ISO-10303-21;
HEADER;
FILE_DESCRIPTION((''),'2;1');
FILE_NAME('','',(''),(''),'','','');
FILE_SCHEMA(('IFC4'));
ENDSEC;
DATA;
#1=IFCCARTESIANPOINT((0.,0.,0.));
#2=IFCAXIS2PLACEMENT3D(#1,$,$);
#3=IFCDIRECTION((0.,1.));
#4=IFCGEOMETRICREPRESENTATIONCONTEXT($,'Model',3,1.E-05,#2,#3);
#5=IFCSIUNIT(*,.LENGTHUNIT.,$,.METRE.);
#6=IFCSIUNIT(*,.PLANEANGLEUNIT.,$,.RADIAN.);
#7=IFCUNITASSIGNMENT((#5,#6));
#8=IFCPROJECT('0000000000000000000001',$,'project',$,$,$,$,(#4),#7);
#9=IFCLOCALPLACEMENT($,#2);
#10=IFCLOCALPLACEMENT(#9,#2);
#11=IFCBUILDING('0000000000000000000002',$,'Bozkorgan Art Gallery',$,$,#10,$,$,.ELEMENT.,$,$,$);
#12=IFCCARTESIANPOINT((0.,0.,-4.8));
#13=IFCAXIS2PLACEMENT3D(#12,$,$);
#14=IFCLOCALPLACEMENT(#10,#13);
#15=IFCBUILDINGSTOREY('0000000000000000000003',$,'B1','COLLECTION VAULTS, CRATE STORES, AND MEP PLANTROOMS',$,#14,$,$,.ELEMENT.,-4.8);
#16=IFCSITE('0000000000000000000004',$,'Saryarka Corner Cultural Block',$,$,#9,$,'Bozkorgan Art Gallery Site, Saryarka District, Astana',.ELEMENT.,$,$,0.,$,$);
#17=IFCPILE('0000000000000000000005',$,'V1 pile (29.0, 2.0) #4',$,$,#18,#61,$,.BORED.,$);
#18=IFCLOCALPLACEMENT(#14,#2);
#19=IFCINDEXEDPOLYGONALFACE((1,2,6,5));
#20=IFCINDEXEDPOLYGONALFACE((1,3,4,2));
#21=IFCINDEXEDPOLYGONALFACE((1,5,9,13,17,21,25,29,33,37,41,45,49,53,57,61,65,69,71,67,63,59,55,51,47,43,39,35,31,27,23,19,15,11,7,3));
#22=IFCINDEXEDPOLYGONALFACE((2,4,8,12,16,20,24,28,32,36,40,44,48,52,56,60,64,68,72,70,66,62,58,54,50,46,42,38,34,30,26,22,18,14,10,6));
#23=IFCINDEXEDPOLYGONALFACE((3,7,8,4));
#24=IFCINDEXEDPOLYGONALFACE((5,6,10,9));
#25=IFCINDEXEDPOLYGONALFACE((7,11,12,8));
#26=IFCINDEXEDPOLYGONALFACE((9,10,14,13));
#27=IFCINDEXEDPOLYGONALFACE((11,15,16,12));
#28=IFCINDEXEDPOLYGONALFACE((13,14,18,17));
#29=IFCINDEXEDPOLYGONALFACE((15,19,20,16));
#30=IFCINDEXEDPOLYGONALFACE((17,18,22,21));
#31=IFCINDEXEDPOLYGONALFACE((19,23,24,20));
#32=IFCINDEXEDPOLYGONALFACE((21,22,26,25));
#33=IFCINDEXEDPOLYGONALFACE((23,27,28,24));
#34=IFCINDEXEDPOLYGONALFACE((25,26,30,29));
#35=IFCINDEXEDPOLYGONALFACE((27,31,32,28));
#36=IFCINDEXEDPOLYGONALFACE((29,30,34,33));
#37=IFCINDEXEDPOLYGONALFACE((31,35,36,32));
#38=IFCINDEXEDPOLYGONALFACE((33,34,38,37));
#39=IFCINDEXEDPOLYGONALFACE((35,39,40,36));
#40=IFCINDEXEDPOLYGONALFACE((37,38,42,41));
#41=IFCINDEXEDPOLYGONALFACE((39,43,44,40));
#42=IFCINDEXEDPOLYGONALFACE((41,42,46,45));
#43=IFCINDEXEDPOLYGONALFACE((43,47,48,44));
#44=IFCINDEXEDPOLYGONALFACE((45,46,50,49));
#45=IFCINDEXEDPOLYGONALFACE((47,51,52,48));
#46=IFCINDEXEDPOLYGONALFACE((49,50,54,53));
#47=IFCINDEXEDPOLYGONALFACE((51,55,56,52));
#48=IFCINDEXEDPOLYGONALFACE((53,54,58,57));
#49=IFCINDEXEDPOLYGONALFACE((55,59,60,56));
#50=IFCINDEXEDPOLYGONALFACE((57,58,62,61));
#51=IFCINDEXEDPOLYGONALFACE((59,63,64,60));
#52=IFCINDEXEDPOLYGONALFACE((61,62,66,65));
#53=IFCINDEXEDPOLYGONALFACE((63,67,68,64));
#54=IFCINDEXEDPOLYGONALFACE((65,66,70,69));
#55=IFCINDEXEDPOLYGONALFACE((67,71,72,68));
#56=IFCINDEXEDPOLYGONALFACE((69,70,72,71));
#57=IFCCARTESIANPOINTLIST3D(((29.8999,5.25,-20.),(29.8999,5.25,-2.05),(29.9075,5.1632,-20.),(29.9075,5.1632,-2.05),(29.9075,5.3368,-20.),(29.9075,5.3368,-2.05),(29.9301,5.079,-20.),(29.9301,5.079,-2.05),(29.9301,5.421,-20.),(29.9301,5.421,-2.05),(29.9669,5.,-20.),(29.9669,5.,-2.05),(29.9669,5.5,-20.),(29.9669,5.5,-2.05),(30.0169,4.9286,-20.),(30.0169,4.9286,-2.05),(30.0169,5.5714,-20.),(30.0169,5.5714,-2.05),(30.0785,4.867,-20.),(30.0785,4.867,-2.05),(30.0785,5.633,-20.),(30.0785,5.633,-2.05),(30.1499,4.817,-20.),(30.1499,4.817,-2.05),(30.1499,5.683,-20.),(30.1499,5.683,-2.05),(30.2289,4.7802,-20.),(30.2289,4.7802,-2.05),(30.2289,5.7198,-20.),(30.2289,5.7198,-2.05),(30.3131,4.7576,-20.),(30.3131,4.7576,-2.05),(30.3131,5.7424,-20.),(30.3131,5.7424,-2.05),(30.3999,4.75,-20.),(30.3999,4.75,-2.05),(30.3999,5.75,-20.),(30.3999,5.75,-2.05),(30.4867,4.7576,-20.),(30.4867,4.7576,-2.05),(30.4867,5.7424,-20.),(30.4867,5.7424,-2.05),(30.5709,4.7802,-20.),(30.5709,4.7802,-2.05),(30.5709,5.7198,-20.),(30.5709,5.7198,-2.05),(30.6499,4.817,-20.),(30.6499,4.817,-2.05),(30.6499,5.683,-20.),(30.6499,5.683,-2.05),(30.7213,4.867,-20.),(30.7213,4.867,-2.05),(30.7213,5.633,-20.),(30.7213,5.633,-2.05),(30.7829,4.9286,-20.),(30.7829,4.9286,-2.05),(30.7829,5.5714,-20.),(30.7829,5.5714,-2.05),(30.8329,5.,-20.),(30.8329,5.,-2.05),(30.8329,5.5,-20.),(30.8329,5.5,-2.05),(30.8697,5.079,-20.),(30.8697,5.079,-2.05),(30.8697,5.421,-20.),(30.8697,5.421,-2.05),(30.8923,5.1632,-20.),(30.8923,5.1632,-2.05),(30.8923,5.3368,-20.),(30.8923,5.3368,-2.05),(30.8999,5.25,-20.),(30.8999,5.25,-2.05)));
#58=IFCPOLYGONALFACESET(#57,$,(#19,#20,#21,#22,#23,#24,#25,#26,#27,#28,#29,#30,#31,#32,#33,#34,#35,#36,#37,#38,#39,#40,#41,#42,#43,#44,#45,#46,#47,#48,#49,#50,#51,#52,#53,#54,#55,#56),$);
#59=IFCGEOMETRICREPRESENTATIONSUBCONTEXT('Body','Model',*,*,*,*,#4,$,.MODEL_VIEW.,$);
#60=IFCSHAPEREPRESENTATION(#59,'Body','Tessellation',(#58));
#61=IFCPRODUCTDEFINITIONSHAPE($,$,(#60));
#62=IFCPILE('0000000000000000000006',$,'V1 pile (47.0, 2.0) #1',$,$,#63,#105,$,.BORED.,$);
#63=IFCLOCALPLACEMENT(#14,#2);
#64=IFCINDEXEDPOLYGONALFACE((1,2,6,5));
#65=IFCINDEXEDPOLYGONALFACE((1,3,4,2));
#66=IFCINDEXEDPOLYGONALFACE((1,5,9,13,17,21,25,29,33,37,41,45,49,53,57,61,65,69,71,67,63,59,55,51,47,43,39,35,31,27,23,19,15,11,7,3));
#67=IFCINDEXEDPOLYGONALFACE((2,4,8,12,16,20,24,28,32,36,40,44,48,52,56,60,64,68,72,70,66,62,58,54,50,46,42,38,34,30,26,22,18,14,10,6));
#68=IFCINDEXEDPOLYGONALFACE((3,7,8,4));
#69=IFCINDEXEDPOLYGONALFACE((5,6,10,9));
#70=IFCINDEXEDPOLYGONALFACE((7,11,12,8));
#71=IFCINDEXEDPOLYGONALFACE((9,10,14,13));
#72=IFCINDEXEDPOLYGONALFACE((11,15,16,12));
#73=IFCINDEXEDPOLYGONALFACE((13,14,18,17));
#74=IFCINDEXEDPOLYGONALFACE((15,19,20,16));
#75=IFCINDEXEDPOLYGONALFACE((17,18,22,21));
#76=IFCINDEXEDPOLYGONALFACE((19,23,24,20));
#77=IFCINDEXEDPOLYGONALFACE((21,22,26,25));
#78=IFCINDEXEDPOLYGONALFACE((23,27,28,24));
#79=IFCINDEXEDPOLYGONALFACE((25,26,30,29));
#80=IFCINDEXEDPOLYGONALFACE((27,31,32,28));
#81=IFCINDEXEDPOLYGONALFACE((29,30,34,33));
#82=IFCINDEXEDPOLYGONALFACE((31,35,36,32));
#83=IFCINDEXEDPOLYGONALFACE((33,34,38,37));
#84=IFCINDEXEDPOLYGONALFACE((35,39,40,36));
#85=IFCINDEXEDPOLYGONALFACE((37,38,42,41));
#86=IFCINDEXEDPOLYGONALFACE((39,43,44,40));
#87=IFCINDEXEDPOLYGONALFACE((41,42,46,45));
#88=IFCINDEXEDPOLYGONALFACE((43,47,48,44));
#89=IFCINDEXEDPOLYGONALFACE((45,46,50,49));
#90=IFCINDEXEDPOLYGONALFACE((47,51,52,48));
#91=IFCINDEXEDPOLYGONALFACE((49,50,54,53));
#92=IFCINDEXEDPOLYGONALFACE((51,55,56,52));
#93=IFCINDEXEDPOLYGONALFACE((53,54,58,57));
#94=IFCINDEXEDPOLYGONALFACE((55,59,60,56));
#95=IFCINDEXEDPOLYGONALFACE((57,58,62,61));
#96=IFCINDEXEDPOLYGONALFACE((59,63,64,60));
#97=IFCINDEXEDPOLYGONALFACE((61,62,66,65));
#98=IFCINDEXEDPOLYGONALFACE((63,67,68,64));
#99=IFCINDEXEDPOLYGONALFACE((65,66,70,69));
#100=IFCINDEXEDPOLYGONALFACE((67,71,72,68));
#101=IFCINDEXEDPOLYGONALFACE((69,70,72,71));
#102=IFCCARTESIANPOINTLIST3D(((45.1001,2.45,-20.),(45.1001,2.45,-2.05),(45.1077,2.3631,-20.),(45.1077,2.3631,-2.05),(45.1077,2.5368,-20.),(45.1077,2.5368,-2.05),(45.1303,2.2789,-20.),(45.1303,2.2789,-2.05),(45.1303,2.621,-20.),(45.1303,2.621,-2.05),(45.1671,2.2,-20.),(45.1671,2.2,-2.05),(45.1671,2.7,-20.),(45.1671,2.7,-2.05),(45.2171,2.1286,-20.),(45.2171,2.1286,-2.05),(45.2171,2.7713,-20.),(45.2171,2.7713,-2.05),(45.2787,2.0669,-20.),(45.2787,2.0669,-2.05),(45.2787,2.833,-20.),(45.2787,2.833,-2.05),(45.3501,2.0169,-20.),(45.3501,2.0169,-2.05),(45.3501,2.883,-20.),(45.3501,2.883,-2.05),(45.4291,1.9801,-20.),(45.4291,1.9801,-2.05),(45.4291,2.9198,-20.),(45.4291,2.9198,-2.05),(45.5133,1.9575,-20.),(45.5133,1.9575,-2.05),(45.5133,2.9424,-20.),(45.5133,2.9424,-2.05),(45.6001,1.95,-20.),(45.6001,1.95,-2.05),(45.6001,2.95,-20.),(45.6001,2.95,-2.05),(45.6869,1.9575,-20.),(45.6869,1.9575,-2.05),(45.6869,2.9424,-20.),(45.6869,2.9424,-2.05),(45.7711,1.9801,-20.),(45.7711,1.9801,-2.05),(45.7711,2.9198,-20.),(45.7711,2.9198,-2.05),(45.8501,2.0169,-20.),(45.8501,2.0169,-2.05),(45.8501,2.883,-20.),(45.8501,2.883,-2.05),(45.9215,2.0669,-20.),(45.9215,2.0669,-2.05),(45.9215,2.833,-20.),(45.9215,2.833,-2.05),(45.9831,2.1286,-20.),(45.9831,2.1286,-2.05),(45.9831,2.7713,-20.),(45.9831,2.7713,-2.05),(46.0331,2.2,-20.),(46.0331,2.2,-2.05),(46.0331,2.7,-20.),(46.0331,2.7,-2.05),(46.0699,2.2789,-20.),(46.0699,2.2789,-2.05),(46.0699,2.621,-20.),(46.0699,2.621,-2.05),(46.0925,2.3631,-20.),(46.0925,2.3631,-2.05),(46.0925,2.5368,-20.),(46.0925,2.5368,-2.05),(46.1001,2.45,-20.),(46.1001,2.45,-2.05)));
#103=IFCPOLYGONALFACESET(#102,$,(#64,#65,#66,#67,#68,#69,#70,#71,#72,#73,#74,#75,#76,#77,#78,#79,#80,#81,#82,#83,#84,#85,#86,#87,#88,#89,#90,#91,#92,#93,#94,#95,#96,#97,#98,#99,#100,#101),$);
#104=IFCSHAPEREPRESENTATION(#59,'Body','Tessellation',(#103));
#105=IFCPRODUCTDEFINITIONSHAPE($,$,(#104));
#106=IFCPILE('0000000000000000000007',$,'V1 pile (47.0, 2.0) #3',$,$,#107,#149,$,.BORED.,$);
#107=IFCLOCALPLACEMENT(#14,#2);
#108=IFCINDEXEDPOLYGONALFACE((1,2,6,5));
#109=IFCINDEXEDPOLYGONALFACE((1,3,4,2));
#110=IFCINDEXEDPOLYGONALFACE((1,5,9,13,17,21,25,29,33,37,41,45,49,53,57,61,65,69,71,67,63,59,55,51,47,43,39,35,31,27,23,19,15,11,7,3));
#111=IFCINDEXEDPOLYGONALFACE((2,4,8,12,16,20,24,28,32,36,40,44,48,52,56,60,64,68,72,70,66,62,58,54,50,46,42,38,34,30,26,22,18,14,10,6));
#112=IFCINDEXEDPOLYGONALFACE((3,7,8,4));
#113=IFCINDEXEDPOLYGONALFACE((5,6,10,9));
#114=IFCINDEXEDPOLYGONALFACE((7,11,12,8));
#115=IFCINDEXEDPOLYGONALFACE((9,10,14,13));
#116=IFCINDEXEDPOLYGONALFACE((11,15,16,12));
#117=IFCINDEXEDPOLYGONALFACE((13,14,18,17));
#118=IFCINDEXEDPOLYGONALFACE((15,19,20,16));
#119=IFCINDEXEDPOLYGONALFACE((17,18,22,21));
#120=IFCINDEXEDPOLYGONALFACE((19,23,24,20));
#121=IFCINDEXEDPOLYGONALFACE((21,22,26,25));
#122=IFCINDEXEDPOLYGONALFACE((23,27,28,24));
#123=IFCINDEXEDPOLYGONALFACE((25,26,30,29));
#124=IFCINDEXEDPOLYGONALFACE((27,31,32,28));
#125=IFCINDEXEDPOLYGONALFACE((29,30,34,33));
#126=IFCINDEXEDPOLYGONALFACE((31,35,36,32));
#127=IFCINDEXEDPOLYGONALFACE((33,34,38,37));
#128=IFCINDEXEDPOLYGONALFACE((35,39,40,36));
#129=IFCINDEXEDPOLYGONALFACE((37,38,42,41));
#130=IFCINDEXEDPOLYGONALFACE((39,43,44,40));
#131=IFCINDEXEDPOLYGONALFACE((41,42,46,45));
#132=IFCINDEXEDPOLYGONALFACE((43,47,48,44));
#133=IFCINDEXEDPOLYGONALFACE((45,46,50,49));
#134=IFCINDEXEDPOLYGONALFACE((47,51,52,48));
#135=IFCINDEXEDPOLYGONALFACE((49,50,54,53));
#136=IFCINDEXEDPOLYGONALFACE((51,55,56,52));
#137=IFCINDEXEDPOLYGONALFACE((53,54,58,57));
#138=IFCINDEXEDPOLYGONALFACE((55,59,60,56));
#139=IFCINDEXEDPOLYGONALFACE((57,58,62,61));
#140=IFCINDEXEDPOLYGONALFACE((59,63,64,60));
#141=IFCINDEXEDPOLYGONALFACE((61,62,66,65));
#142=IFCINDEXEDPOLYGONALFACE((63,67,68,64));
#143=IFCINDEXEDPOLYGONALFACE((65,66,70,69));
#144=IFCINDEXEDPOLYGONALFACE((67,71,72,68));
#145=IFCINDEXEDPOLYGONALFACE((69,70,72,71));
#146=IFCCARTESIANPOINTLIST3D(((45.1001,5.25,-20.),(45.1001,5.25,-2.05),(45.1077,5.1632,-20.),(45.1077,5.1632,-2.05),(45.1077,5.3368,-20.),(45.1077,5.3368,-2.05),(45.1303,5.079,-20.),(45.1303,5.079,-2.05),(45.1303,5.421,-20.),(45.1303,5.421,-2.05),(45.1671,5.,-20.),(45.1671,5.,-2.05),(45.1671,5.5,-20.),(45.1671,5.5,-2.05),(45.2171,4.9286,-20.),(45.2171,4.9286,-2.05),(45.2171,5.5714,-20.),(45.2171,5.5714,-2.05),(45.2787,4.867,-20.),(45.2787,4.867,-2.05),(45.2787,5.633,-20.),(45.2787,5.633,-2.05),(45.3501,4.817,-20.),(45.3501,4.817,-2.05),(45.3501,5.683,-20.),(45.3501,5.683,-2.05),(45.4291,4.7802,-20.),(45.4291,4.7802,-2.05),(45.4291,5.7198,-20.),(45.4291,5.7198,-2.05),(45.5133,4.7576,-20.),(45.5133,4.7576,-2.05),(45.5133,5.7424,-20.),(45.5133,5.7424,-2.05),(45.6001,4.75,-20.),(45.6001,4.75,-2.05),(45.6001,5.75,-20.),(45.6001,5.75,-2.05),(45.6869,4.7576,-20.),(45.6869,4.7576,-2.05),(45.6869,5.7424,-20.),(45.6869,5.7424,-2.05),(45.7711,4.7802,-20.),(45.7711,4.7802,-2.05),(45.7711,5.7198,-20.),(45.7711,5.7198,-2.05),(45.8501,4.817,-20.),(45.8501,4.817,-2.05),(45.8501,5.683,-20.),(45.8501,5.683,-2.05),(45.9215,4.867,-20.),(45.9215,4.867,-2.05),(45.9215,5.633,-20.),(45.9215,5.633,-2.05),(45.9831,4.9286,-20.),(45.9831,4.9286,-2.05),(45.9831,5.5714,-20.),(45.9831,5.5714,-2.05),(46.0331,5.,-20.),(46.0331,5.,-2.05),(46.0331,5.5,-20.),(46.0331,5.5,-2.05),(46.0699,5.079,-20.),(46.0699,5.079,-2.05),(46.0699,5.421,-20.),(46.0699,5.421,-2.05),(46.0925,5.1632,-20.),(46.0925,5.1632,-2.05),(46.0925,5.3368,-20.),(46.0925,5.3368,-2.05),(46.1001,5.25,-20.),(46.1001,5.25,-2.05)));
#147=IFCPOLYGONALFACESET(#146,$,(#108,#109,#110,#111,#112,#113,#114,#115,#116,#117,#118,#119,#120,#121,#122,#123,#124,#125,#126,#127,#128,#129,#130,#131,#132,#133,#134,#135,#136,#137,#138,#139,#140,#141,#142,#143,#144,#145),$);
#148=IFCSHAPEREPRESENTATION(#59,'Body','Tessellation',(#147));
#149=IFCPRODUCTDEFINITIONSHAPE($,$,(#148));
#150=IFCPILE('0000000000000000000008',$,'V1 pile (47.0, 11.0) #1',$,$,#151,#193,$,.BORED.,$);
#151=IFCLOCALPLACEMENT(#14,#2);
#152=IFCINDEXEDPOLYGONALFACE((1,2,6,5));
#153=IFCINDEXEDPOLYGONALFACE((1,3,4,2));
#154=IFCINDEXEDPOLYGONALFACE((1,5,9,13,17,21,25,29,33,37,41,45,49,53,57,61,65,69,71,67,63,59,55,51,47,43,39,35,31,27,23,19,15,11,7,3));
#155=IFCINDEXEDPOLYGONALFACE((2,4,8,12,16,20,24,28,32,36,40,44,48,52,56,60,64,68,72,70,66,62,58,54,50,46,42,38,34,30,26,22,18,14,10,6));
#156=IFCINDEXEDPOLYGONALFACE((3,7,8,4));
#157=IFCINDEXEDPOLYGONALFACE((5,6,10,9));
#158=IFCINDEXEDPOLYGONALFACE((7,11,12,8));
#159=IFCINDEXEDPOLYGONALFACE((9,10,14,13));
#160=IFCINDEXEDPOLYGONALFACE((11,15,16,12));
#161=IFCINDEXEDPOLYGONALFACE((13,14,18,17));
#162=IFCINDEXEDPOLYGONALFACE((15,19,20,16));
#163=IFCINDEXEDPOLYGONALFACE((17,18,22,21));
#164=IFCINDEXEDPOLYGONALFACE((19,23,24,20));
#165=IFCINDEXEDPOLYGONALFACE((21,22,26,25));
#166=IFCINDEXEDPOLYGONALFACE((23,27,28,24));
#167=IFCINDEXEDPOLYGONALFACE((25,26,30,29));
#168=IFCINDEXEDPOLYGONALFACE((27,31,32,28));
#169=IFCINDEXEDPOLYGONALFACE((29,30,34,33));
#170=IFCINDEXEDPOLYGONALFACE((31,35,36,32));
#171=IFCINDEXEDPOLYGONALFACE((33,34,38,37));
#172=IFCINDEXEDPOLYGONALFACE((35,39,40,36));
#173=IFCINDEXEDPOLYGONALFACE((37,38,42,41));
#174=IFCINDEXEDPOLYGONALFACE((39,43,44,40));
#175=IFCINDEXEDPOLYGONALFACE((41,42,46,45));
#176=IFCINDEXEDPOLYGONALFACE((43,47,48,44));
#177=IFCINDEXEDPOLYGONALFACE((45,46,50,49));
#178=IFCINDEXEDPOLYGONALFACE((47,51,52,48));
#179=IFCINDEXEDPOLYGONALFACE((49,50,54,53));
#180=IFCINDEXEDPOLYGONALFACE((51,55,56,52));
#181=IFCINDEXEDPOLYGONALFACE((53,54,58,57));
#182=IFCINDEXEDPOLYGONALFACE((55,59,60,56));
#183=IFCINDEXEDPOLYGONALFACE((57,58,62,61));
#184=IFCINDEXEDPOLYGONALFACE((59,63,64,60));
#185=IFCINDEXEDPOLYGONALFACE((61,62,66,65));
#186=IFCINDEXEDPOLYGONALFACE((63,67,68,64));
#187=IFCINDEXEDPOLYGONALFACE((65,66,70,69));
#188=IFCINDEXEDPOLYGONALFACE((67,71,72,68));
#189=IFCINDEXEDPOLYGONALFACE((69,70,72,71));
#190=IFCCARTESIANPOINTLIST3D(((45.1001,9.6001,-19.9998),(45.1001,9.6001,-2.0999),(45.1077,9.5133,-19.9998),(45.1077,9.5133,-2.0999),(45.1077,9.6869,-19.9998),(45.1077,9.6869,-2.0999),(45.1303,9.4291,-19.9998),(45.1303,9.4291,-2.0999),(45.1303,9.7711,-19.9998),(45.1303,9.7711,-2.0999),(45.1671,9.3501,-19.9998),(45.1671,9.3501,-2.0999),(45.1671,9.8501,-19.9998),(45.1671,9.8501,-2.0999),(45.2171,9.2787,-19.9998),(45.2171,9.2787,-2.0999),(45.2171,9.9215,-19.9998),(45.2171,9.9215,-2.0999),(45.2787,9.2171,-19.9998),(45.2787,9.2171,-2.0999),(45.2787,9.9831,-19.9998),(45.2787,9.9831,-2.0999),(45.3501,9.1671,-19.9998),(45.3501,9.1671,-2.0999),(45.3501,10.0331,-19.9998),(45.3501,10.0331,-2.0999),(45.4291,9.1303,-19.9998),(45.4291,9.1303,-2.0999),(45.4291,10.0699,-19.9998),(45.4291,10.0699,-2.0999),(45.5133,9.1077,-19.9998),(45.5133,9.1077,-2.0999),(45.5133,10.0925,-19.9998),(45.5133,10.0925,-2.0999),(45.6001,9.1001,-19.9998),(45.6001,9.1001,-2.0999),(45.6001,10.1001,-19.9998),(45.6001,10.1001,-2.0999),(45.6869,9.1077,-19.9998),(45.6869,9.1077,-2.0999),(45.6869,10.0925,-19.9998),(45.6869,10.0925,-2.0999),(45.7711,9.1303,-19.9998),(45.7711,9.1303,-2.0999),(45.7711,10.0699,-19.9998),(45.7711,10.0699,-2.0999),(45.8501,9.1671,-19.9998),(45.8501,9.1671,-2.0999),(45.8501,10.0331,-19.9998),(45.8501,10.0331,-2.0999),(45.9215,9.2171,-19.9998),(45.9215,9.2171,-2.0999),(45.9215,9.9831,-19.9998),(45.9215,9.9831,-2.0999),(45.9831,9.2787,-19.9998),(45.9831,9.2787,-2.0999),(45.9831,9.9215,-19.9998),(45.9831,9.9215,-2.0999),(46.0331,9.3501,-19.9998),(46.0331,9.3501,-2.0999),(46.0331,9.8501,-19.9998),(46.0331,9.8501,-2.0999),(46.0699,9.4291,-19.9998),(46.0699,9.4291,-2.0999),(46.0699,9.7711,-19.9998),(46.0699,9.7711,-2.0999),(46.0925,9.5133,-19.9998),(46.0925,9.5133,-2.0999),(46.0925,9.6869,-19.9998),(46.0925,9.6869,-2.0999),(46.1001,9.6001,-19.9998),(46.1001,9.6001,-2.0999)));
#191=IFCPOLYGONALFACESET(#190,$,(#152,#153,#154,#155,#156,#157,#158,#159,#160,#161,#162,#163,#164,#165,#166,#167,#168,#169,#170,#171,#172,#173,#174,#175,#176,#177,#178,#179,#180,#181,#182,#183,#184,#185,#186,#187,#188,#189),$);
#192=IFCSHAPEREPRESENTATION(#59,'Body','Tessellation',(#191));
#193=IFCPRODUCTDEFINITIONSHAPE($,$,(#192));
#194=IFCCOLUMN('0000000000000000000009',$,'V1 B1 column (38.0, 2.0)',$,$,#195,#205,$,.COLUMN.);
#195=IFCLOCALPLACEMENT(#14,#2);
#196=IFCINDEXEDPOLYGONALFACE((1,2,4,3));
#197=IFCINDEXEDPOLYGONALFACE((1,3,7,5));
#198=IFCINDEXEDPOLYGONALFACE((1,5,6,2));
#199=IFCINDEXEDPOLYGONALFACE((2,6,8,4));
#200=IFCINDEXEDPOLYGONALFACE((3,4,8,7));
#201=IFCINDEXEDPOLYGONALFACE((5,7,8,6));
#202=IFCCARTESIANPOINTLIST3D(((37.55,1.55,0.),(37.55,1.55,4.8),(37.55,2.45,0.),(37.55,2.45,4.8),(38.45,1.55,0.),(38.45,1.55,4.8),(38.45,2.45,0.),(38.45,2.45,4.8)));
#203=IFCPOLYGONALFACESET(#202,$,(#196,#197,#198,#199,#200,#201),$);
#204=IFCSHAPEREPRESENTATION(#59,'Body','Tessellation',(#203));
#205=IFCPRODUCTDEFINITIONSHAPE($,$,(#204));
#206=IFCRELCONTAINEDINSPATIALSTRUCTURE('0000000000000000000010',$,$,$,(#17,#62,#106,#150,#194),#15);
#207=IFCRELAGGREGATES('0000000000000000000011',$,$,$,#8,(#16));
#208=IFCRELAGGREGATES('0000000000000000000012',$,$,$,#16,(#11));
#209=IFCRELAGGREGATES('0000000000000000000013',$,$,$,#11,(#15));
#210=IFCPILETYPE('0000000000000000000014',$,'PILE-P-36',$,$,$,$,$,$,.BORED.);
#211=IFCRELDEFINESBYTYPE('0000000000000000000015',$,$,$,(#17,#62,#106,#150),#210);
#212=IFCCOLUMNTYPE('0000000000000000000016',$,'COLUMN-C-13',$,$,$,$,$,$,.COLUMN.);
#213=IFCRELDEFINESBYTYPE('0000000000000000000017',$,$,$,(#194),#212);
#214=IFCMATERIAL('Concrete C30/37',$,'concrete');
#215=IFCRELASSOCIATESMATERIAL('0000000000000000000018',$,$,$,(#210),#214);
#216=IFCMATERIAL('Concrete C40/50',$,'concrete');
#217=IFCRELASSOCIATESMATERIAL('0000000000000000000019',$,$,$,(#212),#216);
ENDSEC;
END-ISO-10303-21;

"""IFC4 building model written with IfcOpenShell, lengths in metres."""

from ifc_helpers import new_model, si_unit, direction, frame, origin, origin_2d, place, context, subcontext, project, spatial, rectangle, circle, extrude, material, material_profile, profile_set, type_object, element, save


model = new_model("IFC4")

# Units and contexts
model_context = context("Model", 3, precision=1e-05, world=origin(), true_north=direction((0.0, 1.0)))
body_context = subcontext(model_context, "Body", "Model", "MODEL_VIEW")
ifc_project = project(units=[si_unit("LENGTHUNIT", "METRE"), si_unit("PLANEANGLEUNIT", "RADIAN")], contexts=[model_context])

# Site, building, storey
site_placement = place(None, origin())
site = spatial("IfcSite", under=ifc_project, at=site_placement, Name="Saryarka Corner Cultural Block", LongName="Bozkorgan Art Gallery Site, Saryarka District, Astana", CompositionType="ELEMENT", RefElevation=0.0)
building_placement = place(site_placement, origin())
building = spatial("IfcBuilding", under=site, at=building_placement, Name="Bozkorgan Art Gallery", CompositionType="ELEMENT")
storey_placement = place(building_placement, frame((0.0, 0.0, -4.8)))
storey = spatial("IfcBuildingStorey", under=building, at=storey_placement, Name="B1", Description="COLLECTION VAULTS, CRATE STORES, AND MEP PLANTROOMS", CompositionType="ELEMENT", Elevation=-4.8)

# Shared definitions
ifc_material_1 = material(Name="Concrete C30/37", Category="concrete")

# Piles
ifc_material_profile_1 = material_profile(ifc_material_1, circle(Radius=0.5, at=origin_2d()), Name="PILE D1000")
ifc_profile_set_1 = profile_set([ifc_material_profile_1], Name="Concrete C30/37")
pile_type = type_object("IfcPileType", Name="PILE-P-36", PredefinedType="BORED", material=ifc_profile_set_1)
for number, where, z_axis, x_axis, name in (
    (1, (30.3999, 5.25, -2.05), (0.0, 0.0, -1.0), (1.0, 0.0, 0.0), "V1 pile (29.0, 2.0) #4"),
    (2, (45.6001, 2.45, -2.05), (0.0, 0.0, -1.0), (1.0, 0.0, 0.0), "V1 pile (47.0, 2.0) #1"),
    (3, (45.6001, 5.25, -2.05), (0.0, 0.0, -1.0), (1.0, 0.0, 0.0), "V1 pile (47.0, 2.0) #3"),
):
    element("IfcPile", number, at=place(storey_placement, frame(where, z_axis=z_axis, x_axis=x_axis)), inside=storey, type_object=pile_type, Name=name, PredefinedType="BORED", context=body_context, shape_type="SweptSolid", body=[
        extrude(circle(Radius=0.5, at=origin_2d()), origin(), (0.0, 0.0, 1.0), 17.95),
    ])
pile_placement = place(storey_placement, frame((45.6001, 9.6001, -2.0999), z_axis=(0.0, 0.0, -1.0), x_axis=(1.0, 0.0, 0.0)))
element("IfcPile", 4, at=pile_placement, inside=storey, type_object=pile_type, Name="V1 pile (47.0, 11.0) #1", PredefinedType="BORED", context=body_context, shape_type="SweptSolid", body=[
    extrude(circle(Radius=0.5, at=origin_2d()), origin(), (0.0, 0.0, 1.0), 17.8999),
])

# Column
ifc_material_2 = material(Name="Concrete C40/50", Category="concrete")
ifc_material_profile_2 = material_profile(ifc_material_2, rectangle(XDim=0.8999, YDim=0.8999, at=origin_2d()), Name="RC 900x900")
ifc_profile_set_2 = profile_set([ifc_material_profile_2], Name="Concrete C40/50")
column_type = type_object("IfcColumnType", Name="COLUMN-C-13", PredefinedType="COLUMN", material=ifc_profile_set_2)
for number, where, z_axis, x_axis, name in (
    (5, (38.0, 2.0, 0.0), (0.0, 0.0, 1.0), (1.0, 0.0, 0.0), "V1 B1 column (38.0, 2.0)"),
):
    element("IfcColumn", number, at=place(storey_placement, frame(where, z_axis=z_axis, x_axis=x_axis)), inside=storey, type_object=column_type, Name=name, PredefinedType="COLUMN", context=body_context, shape_type="SweptSolid", body=[
        extrude(rectangle(XDim=0.8999, YDim=0.8999, at=origin_2d()), origin(), (0.0, 0.0, 1.0), 4.8),
    ])

save(model, "model.ifc")
